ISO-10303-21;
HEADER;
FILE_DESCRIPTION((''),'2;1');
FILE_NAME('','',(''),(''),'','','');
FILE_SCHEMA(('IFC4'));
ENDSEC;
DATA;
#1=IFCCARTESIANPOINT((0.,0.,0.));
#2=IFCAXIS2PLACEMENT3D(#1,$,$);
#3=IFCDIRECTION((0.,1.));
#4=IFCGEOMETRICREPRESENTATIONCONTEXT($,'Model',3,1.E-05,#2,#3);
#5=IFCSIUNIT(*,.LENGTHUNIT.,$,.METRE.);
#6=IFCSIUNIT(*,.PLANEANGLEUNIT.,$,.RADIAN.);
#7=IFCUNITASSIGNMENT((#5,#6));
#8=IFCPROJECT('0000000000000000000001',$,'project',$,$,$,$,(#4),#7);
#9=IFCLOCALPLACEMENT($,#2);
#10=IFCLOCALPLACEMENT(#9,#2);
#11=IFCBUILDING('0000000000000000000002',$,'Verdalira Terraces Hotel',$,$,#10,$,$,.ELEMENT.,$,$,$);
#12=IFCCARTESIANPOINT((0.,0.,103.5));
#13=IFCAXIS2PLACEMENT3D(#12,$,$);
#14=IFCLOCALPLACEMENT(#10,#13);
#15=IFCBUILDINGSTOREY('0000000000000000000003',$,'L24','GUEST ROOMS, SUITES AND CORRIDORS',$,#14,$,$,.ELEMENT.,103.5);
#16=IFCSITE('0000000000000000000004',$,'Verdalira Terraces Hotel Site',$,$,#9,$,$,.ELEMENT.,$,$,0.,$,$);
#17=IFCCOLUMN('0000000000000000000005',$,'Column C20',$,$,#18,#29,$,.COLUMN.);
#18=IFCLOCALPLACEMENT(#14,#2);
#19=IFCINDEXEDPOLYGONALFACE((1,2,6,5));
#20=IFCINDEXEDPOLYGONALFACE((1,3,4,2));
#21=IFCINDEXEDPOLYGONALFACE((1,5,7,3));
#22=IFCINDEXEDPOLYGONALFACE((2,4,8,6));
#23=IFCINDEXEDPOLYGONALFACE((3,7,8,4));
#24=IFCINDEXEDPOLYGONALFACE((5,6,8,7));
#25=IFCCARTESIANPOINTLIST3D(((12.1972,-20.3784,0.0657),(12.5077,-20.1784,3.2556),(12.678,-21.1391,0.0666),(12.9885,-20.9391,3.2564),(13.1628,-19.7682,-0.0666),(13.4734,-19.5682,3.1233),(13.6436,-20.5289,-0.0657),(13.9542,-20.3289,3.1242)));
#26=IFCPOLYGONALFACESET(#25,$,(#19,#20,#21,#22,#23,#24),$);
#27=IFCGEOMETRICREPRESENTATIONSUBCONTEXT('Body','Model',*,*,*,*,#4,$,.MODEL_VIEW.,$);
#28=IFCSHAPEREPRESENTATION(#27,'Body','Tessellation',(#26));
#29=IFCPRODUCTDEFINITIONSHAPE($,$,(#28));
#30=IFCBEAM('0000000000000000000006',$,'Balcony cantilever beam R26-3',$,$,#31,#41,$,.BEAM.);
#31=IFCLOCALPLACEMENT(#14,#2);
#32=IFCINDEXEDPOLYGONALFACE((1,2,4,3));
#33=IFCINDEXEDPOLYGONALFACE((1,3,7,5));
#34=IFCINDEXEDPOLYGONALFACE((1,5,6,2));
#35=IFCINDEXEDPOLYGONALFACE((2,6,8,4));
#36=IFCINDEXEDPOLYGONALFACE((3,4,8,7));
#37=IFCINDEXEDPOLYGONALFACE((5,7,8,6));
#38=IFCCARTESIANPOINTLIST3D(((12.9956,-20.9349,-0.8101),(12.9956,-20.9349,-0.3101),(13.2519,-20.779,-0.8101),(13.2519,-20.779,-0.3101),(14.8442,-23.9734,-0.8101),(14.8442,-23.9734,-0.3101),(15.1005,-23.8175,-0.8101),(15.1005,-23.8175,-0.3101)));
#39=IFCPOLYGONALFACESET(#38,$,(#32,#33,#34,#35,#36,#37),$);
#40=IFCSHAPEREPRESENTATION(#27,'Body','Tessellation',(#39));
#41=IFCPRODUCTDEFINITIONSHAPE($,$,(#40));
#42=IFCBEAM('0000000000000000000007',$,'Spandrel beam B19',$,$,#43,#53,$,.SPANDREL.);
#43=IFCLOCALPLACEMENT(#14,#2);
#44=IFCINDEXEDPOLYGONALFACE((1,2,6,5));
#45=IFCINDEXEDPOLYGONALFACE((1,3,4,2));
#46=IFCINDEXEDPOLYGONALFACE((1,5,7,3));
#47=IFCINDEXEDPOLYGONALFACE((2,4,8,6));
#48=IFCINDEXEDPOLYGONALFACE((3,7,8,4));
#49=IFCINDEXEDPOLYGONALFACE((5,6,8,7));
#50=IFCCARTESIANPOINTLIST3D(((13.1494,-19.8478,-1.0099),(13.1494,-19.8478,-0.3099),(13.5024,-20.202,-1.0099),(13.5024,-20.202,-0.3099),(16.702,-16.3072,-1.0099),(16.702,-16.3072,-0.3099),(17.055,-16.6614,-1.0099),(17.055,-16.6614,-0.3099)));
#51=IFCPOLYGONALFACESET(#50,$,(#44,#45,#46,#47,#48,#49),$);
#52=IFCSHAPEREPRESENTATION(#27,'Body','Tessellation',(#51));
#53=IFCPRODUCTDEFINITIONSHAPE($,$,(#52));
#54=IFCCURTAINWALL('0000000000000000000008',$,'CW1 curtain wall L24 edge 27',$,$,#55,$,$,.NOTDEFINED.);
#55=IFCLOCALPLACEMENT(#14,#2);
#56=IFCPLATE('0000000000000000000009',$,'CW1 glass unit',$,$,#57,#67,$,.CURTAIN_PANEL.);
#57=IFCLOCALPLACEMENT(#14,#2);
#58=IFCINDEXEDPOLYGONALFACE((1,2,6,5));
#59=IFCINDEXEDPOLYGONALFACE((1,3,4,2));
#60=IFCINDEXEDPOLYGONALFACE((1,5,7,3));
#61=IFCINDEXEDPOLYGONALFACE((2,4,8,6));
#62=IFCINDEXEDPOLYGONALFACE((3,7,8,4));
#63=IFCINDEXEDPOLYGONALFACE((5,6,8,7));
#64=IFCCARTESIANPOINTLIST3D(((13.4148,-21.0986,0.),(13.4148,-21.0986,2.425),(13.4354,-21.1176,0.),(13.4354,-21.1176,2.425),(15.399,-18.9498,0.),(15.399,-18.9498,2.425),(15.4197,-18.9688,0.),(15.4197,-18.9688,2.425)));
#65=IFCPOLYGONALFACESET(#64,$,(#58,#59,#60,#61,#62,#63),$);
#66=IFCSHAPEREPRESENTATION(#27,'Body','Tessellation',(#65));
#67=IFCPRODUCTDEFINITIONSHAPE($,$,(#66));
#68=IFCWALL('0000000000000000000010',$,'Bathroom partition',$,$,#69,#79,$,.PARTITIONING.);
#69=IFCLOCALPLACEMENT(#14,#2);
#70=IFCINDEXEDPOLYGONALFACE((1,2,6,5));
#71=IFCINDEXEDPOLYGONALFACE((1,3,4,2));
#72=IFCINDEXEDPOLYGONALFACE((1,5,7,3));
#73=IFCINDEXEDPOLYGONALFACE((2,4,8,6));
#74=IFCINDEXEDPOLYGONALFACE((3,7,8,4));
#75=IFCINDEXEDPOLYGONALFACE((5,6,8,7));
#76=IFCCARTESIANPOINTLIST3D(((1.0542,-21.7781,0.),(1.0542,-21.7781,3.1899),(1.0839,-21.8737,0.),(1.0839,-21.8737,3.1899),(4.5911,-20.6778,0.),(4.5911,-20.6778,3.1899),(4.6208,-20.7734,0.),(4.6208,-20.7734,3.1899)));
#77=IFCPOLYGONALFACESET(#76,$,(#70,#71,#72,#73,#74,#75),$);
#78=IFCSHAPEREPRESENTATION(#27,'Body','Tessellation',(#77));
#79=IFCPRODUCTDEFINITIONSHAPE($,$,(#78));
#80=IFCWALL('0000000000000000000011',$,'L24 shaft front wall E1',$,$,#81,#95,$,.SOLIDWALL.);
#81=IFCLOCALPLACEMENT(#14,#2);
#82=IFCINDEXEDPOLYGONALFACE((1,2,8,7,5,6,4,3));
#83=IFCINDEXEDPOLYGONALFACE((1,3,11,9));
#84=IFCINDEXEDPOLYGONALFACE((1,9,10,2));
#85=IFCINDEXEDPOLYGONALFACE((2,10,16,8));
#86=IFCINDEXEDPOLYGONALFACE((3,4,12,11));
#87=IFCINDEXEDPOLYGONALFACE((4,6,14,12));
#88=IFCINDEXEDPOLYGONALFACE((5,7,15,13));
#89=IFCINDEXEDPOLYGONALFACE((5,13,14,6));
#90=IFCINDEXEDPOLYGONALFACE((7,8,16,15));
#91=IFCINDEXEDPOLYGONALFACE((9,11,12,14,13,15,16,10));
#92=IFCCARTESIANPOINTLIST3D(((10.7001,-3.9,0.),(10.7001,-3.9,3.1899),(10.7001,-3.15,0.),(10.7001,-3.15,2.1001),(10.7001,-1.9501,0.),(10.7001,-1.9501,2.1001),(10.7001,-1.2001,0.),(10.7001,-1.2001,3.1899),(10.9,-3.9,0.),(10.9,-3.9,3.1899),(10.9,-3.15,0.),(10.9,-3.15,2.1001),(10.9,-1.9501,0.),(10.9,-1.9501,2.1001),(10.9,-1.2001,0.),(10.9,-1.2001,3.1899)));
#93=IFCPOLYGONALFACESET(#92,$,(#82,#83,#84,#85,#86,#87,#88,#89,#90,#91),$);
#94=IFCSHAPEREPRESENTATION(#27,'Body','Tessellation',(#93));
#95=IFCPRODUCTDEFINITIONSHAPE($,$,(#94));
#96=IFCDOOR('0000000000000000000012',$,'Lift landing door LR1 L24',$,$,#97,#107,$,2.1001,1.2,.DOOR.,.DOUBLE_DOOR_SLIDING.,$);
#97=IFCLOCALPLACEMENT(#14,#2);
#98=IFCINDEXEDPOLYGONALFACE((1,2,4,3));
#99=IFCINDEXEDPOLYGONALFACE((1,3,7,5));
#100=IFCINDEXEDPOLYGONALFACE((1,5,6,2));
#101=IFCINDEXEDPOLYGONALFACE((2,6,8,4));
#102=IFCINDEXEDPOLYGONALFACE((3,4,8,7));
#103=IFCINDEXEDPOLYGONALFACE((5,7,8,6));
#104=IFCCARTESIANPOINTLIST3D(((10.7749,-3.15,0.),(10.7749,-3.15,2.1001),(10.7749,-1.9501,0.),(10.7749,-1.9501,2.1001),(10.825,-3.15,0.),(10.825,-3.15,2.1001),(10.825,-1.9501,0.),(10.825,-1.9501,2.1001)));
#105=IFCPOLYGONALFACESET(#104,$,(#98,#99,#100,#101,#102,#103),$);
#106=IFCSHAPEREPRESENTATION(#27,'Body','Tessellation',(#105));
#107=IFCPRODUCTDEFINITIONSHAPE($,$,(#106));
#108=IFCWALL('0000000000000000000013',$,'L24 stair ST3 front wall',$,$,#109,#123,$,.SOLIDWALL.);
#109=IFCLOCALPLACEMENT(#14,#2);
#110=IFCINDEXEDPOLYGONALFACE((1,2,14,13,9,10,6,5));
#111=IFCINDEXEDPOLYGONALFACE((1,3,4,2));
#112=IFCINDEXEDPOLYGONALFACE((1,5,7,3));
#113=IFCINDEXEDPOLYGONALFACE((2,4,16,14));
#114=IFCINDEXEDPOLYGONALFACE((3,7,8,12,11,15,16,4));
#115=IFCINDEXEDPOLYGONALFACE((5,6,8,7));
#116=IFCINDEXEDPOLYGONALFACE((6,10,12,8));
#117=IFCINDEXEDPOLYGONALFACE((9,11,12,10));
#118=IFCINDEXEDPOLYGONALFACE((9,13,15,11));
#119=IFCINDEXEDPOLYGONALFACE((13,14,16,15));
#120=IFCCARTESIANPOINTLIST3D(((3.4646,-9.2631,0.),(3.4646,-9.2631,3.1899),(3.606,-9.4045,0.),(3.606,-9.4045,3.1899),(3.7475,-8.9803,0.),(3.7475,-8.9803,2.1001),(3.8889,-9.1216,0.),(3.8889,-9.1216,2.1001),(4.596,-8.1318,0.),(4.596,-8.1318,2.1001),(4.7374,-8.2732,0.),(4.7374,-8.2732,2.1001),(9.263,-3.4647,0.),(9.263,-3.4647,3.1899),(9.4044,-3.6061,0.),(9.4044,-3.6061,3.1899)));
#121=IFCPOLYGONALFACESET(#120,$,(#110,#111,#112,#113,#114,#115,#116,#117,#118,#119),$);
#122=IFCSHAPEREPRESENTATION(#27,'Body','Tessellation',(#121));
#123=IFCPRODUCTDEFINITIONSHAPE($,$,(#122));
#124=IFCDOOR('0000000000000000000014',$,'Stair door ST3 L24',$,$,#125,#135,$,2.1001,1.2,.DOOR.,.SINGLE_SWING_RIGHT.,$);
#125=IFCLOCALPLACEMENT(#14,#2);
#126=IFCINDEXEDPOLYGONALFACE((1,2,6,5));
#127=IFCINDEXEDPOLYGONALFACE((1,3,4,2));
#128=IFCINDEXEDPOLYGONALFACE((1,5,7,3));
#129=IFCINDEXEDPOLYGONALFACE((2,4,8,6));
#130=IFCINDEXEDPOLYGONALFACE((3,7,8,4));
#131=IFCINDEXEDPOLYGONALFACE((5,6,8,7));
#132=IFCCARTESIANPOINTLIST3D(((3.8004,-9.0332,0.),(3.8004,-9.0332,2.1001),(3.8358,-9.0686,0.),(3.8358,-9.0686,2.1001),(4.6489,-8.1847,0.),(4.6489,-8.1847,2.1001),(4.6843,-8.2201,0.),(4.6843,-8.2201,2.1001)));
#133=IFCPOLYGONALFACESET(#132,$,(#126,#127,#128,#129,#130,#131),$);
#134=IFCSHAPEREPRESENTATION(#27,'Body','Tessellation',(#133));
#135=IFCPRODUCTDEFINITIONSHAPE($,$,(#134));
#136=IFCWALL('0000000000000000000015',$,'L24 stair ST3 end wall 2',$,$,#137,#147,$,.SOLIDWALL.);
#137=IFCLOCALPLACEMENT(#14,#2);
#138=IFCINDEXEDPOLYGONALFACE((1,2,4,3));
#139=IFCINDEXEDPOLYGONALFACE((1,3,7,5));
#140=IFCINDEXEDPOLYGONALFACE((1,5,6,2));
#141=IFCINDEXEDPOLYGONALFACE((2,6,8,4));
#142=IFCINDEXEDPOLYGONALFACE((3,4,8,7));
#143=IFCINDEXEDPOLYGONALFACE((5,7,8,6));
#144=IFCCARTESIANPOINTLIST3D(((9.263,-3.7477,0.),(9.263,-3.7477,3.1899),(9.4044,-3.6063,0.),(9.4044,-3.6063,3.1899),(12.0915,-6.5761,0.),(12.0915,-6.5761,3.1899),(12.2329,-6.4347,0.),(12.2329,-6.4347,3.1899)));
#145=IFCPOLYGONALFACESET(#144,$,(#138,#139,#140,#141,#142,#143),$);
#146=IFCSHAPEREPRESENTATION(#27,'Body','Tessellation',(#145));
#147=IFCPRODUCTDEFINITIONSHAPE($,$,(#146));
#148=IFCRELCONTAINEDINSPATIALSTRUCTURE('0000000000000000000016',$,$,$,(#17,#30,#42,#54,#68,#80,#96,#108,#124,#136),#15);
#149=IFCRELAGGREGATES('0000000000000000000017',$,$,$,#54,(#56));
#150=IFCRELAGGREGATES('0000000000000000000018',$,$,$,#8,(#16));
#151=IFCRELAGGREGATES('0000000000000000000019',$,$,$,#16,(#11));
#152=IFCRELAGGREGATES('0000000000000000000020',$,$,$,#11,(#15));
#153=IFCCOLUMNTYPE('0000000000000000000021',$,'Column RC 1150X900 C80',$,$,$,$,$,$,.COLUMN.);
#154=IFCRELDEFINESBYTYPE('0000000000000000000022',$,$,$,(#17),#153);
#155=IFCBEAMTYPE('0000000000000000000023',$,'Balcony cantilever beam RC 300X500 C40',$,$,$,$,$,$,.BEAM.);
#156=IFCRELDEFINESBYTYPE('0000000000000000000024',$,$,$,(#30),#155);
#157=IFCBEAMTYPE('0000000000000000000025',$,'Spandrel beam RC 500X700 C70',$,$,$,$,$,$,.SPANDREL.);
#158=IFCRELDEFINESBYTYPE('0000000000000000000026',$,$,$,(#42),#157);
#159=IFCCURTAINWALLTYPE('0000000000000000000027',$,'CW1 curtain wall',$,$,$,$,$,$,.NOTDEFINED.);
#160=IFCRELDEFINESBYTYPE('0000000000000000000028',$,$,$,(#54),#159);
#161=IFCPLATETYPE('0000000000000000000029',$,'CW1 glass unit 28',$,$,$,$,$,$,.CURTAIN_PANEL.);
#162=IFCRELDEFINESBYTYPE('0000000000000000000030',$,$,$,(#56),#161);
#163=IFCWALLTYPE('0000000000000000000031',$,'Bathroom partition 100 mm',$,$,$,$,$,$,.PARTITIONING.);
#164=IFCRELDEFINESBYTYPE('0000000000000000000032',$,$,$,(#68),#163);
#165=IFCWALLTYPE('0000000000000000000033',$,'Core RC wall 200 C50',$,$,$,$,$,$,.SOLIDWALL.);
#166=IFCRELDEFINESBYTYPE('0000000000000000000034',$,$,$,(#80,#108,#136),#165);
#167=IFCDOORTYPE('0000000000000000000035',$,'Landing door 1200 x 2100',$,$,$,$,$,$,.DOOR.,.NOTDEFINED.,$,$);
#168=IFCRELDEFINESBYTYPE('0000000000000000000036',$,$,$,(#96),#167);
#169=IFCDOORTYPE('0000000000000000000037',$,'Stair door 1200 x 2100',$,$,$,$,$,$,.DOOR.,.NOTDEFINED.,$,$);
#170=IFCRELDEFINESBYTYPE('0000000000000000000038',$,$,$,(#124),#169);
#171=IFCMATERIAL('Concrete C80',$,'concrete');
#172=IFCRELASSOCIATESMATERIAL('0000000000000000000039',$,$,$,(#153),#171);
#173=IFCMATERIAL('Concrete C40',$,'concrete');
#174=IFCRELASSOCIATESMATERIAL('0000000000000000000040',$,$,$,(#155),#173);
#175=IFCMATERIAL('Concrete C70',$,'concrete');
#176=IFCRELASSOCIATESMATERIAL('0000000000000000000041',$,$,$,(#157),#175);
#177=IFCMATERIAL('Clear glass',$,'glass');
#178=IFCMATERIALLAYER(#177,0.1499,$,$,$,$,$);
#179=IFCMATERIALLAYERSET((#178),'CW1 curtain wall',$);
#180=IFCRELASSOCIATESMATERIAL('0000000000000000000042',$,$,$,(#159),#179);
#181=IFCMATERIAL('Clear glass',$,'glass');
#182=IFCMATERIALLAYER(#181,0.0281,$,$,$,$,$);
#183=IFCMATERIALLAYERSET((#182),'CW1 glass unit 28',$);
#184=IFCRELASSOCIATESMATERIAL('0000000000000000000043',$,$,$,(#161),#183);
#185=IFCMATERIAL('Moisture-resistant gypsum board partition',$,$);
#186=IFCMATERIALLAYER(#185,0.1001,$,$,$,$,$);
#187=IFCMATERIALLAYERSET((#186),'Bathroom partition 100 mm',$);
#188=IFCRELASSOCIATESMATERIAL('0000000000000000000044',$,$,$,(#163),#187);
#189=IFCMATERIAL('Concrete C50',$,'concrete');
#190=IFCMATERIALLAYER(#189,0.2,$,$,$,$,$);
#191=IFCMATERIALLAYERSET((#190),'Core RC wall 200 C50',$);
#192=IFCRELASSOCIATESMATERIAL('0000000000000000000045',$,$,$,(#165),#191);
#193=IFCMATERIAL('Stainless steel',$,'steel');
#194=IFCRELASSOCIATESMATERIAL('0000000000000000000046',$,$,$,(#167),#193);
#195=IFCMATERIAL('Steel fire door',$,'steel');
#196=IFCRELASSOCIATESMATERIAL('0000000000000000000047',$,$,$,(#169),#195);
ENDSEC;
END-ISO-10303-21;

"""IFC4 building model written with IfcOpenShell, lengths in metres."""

from ifc_helpers import new_model, si_unit, direction, frame, frame_2d, origin, origin_2d, place, context, subcontext, project, spatial, rectangle, extrude, material, layer, layer_set, material_profile, profile_set, type_object, element, fill, aggregate, save


model = new_model("IFC4")

# Units and contexts
model_context = context("Model", 3, precision=1e-05, world=origin(), true_north=direction((0.0, 1.0)))
body_context = subcontext(model_context, "Body", "Model", "MODEL_VIEW")
ifc_project = project(units=[si_unit("LENGTHUNIT", "METRE"), si_unit("PLANEANGLEUNIT", "RADIAN")], contexts=[model_context])

# Site, building, storey
site_placement = place(None, origin())
site = spatial("IfcSite", under=ifc_project, at=site_placement, Name="Verdalira Terraces Hotel Site", CompositionType="ELEMENT", RefElevation=0.0)
building_placement = place(site_placement, origin())
building = spatial("IfcBuilding", under=site, at=building_placement, Name="Verdalira Terraces Hotel", CompositionType="ELEMENT")
storey_placement = place(building_placement, frame((0.0, 0.0, 103.5)))
storey = spatial("IfcBuildingStorey", under=building, at=storey_placement, Name="L24", Description="GUEST ROOMS, SUITES AND CORRIDORS", CompositionType="ELEMENT", Elevation=103.5)

# Column
ifc_material_1 = material(Name="Concrete C80", Category="concrete")
ifc_material_profile_1 = material_profile(ifc_material_1, rectangle(XDim=1.1499, YDim=0.8999, at=origin_2d()), Name="RC 1150X900")
ifc_profile_set_1 = profile_set([ifc_material_profile_1], Name="Concrete C80")
column_type = type_object("IfcColumnType", Name="Column RC 1150X900 C80", PredefinedType="COLUMN", material=ifc_profile_set_1)
column_placement = place(storey_placement, frame((12.9204, -20.4536, 0.0), z_axis=(0.096706, 0.062266, 0.993363), x_axis=(-0.839747, -0.530656, 0.115013)))
element("IfcColumn", 1, at=column_placement, inside=storey, type_object=column_type, Name="Column C20", PredefinedType="COLUMN", context=body_context, shape_type="SweptSolid", body=[
    extrude(rectangle(XDim=1.1499, YDim=0.8999, at=origin_2d()), origin(), (0.0, 0.0, 1.0), 3.2112),
])

# Beams
ifc_material_2 = material(Name="Concrete C40", Category="concrete")
ifc_material_profile_2 = material_profile(ifc_material_2, rectangle(XDim=0.3, YDim=0.5, at=origin_2d()), Name="RC 300X500")
ifc_profile_set_2 = profile_set([ifc_material_profile_2], Name="Concrete C40")
beam_type_1 = type_object("IfcBeamType", Name="Balcony cantilever beam RC 300X500 C40", PredefinedType="BEAM", material=ifc_profile_set_2)
beam_1_placement = place(storey_placement, frame((13.1238, -20.8569, -0.5601), z_axis=(0.519755, -0.854315, 0.0), x_axis=(0.854315, 0.519755, 0.0)))
element("IfcBeam", 2, at=beam_1_placement, inside=storey, type_object=beam_type_1, Name="Balcony cantilever beam R26-3", PredefinedType="BEAM", context=body_context, shape_type="SweptSolid", body=[
    extrude(rectangle(XDim=0.3, YDim=0.5, at=origin_2d()), origin(), (0.0, 0.0, 1.0), 3.5566),
])
ifc_material_3 = material(Name="Concrete C70", Category="concrete")
ifc_material_profile_3 = material_profile(ifc_material_3, rectangle(XDim=0.5, YDim=0.7, at=origin_2d()), Name="RC 500X700")
ifc_profile_set_3 = profile_set([ifc_material_profile_3], Name="Concrete C70")
beam_type_2 = type_object("IfcBeamType", Name="Spandrel beam RC 500X700 C70", PredefinedType="SPANDREL", material=ifc_profile_set_3)
beam_2_placement = place(storey_placement, frame((13.3259, -20.0249, -0.6599), z_axis=(0.708298, 0.705913, 0.0), x_axis=(-0.705913, 0.708298, 0.0)))
element("IfcBeam", 3, at=beam_2_placement, inside=storey, type_object=beam_type_2, Name="Spandrel beam B19", PredefinedType="SPANDREL", context=body_context, shape_type="SweptSolid", body=[
    extrude(rectangle(XDim=0.5, YDim=0.7, at=origin_2d()), origin(), (0.0, 0.0, 1.0), 5.0156),
])

# Curtain wall, plate
ifc_material_4 = material(Name="Clear glass", Category="glass")
ifc_layer_1 = layer(ifc_material_4, 0.1499)
ifc_layer_set_1 = layer_set([ifc_layer_1], Name="CW1 curtain wall")
curtain_wall_type = type_object("IfcCurtainWallType", Name="CW1 curtain wall", PredefinedType="NOTDEFINED", material=ifc_layer_set_1)
curtain_wall_placement = place(storey_placement, origin())
curtain_wall = element("IfcCurtainWall", 4, at=curtain_wall_placement, inside=storey, type_object=curtain_wall_type, Name="CW1 curtain wall L24 edge 27", PredefinedType="NOTDEFINED")
ifc_material_5 = material(Name="Clear glass", Category="glass")
ifc_layer_2 = layer(ifc_material_5, 0.0281)
ifc_layer_set_2 = layer_set([ifc_layer_2], Name="CW1 glass unit 28")
plate_type = type_object("IfcPlateType", Name="CW1 glass unit 28", PredefinedType="CURTAIN_PANEL", material=ifc_layer_set_2)
plate_placement = place(storey_placement, frame((14.4172, -20.0337, 0.0), z_axis=(0.0, 0.0, 1.0), x_axis=(0.678416, 0.734678, 0.0)))
plate = element("IfcPlate", 5, at=plate_placement, type_object=plate_type, Name="CW1 glass unit", PredefinedType="CURTAIN_PANEL", context=body_context, shape_type="SweptSolid", body=[
    extrude(rectangle(XDim=2.9248, YDim=0.0281, at=origin_2d()), origin(), (0.0, 0.0, 1.0), 2.425),
])
aggregate(curtain_wall, [plate])

# Wall
ifc_material_6 = material(Name="Moisture-resistant gypsum board partition")
ifc_layer_3 = layer(ifc_material_6, 0.1001)
ifc_layer_set_3 = layer_set([ifc_layer_3], Name="Bathroom partition 100 mm")
wall_type_1 = type_object("IfcWallType", Name="Bathroom partition 100 mm", PredefinedType="PARTITIONING", material=ifc_layer_set_3)
wall_1_placement = place(storey_placement, frame((4.606, -20.7256, 0.0), z_axis=(0.0, 0.0, 1.0), x_axis=(-0.954858, -0.297063, 0.0)))
element("IfcWall", 6, at=wall_1_placement, inside=storey, type_object=wall_type_1, Name="Bathroom partition", PredefinedType="PARTITIONING", context=body_context, shape_type="SweptSolid", body=[
    extrude(rectangle(XDim=3.7041, YDim=0.1001, at=frame_2d((1.8521, 0.0))), origin(), (0.0, 0.0, 1.0), 3.1899),
])

# Walls, openings, doors
ifc_material_7 = material(Name="Concrete C50", Category="concrete")
ifc_layer_4 = layer(ifc_material_7, 0.2)
ifc_layer_set_4 = layer_set([ifc_layer_4], Name="Core RC wall 200 C50")
wall_type_2 = type_object("IfcWallType", Name="Core RC wall 200 C50", PredefinedType="SOLIDWALL", material=ifc_layer_set_4)
wall_2_placement = place(storey_placement, frame((10.8, -1.2, 0.0), z_axis=(0.0, 0.0, 1.0), x_axis=(0.0, -1.0, 0.0)))
wall_2 = element("IfcWall", 7, at=wall_2_placement, inside=storey, type_object=wall_type_2, Name="L24 shaft front wall E1", PredefinedType="SOLIDWALL", context=body_context, shape_type="SweptSolid", body=[
    extrude(rectangle(XDim=2.7, YDim=0.2, at=frame_2d((1.3501, 0.0))), origin(), (0.0, 0.0, 1.0), 3.1899),
])
opening_1_placement = place(wall_2_placement, frame((0.75, 0.0, 0.0)))
opening_1 = element("IfcOpeningElement", 8, at=opening_1_placement, cuts=wall_2, PredefinedType="OPENING", context=body_context, shape_type="SweptSolid", body=[
    extrude(rectangle(XDim=1.2, YDim=2.1001, at=frame_2d((0.6001, 1.05))), frame((0.0, 0.1099, 0.0), z_axis=(0.0, -1.0, 0.0), x_axis=(1.0, 0.0, 0.0)), (0.0, 0.0, 1.0), 0.22),
])
ifc_material_8 = material(Name="Stainless steel", Category="steel")
door_type_1 = type_object("IfcDoorType", Name="Landing door 1200 x 2100", OperationType="NOTDEFINED", PredefinedType="DOOR", material=ifc_material_8)
door_1_placement = place(opening_1_placement, origin())
door_1 = element("IfcDoor", 9, at=door_1_placement, inside=storey, type_object=door_type_1, Name="Lift landing door LR1 L24", OperationType="DOUBLE_DOOR_SLIDING", OverallHeight=2.1001, OverallWidth=1.2, PredefinedType="DOOR", context=body_context, shape_type="SweptSolid", body=[
    extrude(rectangle(XDim=1.2, YDim=2.1001, at=frame_2d((0.6001, 1.05))), frame((0.0, 0.0249, 0.0), z_axis=(0.0, -1.0, 0.0), x_axis=(1.0, 0.0, 0.0)), (0.0, 0.0, 1.0), 0.05),
])
fill(opening_1, door_1)
wall_3_placement = place(storey_placement, frame((9.3337, -3.5354, 0.0), z_axis=(0.0, 0.0, 1.0), x_axis=(-0.707107, -0.707107, 0.0)))
wall_3 = element("IfcWall", 10, at=wall_3_placement, inside=storey, type_object=wall_type_2, Name="L24 stair ST3 front wall", PredefinedType="SOLIDWALL", context=body_context, shape_type="SweptSolid", body=[
    extrude(rectangle(XDim=8.2002, YDim=0.2, at=frame_2d((4.1001, 0.0))), origin(), (0.0, 0.0, 1.0), 3.1899),
])
opening_2_placement = place(wall_3_placement, frame((6.6001, 0.0, 0.0)))
opening_2 = element("IfcOpeningElement", 11, at=opening_2_placement, cuts=wall_3, PredefinedType="OPENING", context=body_context, shape_type="SweptSolid", body=[
    extrude(rectangle(XDim=1.2, YDim=2.1001, at=frame_2d((0.6001, 1.05))), frame((0.0, 0.1099, 0.0), z_axis=(0.0, -1.0, 0.0), x_axis=(1.0, 0.0, 0.0)), (0.0, 0.0, 1.0), 0.22),
])
ifc_material_9 = material(Name="Steel fire door", Category="steel")
door_type_2 = type_object("IfcDoorType", Name="Stair door 1200 x 2100", OperationType="NOTDEFINED", PredefinedType="DOOR", material=ifc_material_9)
door_2_placement = place(opening_2_placement, origin())
door_2 = element("IfcDoor", 12, at=door_2_placement, inside=storey, type_object=door_type_2, Name="Stair door ST3 L24", OperationType="SINGLE_SWING_RIGHT", OverallHeight=2.1001, OverallWidth=1.2, PredefinedType="DOOR", context=body_context, shape_type="SweptSolid", body=[
    extrude(rectangle(XDim=1.2, YDim=2.1001, at=frame_2d((0.6001, 1.05))), frame((0.0, 0.0249, 0.0), z_axis=(0.0, -1.0, 0.0), x_axis=(1.0, 0.0, 0.0)), (0.0, 0.0, 1.0), 0.05),
])
fill(opening_2, door_2)

# Wall
wall_4_placement = place(storey_placement, frame((9.3337, -3.677, 0.0), z_axis=(0.0, 0.0, 1.0), x_axis=(0.707107, -0.707107, 0.0)))
element("IfcWall", 13, at=wall_4_placement, inside=storey, type_object=wall_type_2, Name="L24 stair ST3 end wall 2", PredefinedType="SOLIDWALL", context=body_context, shape_type="SweptSolid", body=[
    extrude(rectangle(XDim=4.0, YDim=0.2, at=frame_2d((2.0, 0.0))), origin(), (0.0, 0.0, 1.0), 3.1899),
])

save(model, "model.ifc")
